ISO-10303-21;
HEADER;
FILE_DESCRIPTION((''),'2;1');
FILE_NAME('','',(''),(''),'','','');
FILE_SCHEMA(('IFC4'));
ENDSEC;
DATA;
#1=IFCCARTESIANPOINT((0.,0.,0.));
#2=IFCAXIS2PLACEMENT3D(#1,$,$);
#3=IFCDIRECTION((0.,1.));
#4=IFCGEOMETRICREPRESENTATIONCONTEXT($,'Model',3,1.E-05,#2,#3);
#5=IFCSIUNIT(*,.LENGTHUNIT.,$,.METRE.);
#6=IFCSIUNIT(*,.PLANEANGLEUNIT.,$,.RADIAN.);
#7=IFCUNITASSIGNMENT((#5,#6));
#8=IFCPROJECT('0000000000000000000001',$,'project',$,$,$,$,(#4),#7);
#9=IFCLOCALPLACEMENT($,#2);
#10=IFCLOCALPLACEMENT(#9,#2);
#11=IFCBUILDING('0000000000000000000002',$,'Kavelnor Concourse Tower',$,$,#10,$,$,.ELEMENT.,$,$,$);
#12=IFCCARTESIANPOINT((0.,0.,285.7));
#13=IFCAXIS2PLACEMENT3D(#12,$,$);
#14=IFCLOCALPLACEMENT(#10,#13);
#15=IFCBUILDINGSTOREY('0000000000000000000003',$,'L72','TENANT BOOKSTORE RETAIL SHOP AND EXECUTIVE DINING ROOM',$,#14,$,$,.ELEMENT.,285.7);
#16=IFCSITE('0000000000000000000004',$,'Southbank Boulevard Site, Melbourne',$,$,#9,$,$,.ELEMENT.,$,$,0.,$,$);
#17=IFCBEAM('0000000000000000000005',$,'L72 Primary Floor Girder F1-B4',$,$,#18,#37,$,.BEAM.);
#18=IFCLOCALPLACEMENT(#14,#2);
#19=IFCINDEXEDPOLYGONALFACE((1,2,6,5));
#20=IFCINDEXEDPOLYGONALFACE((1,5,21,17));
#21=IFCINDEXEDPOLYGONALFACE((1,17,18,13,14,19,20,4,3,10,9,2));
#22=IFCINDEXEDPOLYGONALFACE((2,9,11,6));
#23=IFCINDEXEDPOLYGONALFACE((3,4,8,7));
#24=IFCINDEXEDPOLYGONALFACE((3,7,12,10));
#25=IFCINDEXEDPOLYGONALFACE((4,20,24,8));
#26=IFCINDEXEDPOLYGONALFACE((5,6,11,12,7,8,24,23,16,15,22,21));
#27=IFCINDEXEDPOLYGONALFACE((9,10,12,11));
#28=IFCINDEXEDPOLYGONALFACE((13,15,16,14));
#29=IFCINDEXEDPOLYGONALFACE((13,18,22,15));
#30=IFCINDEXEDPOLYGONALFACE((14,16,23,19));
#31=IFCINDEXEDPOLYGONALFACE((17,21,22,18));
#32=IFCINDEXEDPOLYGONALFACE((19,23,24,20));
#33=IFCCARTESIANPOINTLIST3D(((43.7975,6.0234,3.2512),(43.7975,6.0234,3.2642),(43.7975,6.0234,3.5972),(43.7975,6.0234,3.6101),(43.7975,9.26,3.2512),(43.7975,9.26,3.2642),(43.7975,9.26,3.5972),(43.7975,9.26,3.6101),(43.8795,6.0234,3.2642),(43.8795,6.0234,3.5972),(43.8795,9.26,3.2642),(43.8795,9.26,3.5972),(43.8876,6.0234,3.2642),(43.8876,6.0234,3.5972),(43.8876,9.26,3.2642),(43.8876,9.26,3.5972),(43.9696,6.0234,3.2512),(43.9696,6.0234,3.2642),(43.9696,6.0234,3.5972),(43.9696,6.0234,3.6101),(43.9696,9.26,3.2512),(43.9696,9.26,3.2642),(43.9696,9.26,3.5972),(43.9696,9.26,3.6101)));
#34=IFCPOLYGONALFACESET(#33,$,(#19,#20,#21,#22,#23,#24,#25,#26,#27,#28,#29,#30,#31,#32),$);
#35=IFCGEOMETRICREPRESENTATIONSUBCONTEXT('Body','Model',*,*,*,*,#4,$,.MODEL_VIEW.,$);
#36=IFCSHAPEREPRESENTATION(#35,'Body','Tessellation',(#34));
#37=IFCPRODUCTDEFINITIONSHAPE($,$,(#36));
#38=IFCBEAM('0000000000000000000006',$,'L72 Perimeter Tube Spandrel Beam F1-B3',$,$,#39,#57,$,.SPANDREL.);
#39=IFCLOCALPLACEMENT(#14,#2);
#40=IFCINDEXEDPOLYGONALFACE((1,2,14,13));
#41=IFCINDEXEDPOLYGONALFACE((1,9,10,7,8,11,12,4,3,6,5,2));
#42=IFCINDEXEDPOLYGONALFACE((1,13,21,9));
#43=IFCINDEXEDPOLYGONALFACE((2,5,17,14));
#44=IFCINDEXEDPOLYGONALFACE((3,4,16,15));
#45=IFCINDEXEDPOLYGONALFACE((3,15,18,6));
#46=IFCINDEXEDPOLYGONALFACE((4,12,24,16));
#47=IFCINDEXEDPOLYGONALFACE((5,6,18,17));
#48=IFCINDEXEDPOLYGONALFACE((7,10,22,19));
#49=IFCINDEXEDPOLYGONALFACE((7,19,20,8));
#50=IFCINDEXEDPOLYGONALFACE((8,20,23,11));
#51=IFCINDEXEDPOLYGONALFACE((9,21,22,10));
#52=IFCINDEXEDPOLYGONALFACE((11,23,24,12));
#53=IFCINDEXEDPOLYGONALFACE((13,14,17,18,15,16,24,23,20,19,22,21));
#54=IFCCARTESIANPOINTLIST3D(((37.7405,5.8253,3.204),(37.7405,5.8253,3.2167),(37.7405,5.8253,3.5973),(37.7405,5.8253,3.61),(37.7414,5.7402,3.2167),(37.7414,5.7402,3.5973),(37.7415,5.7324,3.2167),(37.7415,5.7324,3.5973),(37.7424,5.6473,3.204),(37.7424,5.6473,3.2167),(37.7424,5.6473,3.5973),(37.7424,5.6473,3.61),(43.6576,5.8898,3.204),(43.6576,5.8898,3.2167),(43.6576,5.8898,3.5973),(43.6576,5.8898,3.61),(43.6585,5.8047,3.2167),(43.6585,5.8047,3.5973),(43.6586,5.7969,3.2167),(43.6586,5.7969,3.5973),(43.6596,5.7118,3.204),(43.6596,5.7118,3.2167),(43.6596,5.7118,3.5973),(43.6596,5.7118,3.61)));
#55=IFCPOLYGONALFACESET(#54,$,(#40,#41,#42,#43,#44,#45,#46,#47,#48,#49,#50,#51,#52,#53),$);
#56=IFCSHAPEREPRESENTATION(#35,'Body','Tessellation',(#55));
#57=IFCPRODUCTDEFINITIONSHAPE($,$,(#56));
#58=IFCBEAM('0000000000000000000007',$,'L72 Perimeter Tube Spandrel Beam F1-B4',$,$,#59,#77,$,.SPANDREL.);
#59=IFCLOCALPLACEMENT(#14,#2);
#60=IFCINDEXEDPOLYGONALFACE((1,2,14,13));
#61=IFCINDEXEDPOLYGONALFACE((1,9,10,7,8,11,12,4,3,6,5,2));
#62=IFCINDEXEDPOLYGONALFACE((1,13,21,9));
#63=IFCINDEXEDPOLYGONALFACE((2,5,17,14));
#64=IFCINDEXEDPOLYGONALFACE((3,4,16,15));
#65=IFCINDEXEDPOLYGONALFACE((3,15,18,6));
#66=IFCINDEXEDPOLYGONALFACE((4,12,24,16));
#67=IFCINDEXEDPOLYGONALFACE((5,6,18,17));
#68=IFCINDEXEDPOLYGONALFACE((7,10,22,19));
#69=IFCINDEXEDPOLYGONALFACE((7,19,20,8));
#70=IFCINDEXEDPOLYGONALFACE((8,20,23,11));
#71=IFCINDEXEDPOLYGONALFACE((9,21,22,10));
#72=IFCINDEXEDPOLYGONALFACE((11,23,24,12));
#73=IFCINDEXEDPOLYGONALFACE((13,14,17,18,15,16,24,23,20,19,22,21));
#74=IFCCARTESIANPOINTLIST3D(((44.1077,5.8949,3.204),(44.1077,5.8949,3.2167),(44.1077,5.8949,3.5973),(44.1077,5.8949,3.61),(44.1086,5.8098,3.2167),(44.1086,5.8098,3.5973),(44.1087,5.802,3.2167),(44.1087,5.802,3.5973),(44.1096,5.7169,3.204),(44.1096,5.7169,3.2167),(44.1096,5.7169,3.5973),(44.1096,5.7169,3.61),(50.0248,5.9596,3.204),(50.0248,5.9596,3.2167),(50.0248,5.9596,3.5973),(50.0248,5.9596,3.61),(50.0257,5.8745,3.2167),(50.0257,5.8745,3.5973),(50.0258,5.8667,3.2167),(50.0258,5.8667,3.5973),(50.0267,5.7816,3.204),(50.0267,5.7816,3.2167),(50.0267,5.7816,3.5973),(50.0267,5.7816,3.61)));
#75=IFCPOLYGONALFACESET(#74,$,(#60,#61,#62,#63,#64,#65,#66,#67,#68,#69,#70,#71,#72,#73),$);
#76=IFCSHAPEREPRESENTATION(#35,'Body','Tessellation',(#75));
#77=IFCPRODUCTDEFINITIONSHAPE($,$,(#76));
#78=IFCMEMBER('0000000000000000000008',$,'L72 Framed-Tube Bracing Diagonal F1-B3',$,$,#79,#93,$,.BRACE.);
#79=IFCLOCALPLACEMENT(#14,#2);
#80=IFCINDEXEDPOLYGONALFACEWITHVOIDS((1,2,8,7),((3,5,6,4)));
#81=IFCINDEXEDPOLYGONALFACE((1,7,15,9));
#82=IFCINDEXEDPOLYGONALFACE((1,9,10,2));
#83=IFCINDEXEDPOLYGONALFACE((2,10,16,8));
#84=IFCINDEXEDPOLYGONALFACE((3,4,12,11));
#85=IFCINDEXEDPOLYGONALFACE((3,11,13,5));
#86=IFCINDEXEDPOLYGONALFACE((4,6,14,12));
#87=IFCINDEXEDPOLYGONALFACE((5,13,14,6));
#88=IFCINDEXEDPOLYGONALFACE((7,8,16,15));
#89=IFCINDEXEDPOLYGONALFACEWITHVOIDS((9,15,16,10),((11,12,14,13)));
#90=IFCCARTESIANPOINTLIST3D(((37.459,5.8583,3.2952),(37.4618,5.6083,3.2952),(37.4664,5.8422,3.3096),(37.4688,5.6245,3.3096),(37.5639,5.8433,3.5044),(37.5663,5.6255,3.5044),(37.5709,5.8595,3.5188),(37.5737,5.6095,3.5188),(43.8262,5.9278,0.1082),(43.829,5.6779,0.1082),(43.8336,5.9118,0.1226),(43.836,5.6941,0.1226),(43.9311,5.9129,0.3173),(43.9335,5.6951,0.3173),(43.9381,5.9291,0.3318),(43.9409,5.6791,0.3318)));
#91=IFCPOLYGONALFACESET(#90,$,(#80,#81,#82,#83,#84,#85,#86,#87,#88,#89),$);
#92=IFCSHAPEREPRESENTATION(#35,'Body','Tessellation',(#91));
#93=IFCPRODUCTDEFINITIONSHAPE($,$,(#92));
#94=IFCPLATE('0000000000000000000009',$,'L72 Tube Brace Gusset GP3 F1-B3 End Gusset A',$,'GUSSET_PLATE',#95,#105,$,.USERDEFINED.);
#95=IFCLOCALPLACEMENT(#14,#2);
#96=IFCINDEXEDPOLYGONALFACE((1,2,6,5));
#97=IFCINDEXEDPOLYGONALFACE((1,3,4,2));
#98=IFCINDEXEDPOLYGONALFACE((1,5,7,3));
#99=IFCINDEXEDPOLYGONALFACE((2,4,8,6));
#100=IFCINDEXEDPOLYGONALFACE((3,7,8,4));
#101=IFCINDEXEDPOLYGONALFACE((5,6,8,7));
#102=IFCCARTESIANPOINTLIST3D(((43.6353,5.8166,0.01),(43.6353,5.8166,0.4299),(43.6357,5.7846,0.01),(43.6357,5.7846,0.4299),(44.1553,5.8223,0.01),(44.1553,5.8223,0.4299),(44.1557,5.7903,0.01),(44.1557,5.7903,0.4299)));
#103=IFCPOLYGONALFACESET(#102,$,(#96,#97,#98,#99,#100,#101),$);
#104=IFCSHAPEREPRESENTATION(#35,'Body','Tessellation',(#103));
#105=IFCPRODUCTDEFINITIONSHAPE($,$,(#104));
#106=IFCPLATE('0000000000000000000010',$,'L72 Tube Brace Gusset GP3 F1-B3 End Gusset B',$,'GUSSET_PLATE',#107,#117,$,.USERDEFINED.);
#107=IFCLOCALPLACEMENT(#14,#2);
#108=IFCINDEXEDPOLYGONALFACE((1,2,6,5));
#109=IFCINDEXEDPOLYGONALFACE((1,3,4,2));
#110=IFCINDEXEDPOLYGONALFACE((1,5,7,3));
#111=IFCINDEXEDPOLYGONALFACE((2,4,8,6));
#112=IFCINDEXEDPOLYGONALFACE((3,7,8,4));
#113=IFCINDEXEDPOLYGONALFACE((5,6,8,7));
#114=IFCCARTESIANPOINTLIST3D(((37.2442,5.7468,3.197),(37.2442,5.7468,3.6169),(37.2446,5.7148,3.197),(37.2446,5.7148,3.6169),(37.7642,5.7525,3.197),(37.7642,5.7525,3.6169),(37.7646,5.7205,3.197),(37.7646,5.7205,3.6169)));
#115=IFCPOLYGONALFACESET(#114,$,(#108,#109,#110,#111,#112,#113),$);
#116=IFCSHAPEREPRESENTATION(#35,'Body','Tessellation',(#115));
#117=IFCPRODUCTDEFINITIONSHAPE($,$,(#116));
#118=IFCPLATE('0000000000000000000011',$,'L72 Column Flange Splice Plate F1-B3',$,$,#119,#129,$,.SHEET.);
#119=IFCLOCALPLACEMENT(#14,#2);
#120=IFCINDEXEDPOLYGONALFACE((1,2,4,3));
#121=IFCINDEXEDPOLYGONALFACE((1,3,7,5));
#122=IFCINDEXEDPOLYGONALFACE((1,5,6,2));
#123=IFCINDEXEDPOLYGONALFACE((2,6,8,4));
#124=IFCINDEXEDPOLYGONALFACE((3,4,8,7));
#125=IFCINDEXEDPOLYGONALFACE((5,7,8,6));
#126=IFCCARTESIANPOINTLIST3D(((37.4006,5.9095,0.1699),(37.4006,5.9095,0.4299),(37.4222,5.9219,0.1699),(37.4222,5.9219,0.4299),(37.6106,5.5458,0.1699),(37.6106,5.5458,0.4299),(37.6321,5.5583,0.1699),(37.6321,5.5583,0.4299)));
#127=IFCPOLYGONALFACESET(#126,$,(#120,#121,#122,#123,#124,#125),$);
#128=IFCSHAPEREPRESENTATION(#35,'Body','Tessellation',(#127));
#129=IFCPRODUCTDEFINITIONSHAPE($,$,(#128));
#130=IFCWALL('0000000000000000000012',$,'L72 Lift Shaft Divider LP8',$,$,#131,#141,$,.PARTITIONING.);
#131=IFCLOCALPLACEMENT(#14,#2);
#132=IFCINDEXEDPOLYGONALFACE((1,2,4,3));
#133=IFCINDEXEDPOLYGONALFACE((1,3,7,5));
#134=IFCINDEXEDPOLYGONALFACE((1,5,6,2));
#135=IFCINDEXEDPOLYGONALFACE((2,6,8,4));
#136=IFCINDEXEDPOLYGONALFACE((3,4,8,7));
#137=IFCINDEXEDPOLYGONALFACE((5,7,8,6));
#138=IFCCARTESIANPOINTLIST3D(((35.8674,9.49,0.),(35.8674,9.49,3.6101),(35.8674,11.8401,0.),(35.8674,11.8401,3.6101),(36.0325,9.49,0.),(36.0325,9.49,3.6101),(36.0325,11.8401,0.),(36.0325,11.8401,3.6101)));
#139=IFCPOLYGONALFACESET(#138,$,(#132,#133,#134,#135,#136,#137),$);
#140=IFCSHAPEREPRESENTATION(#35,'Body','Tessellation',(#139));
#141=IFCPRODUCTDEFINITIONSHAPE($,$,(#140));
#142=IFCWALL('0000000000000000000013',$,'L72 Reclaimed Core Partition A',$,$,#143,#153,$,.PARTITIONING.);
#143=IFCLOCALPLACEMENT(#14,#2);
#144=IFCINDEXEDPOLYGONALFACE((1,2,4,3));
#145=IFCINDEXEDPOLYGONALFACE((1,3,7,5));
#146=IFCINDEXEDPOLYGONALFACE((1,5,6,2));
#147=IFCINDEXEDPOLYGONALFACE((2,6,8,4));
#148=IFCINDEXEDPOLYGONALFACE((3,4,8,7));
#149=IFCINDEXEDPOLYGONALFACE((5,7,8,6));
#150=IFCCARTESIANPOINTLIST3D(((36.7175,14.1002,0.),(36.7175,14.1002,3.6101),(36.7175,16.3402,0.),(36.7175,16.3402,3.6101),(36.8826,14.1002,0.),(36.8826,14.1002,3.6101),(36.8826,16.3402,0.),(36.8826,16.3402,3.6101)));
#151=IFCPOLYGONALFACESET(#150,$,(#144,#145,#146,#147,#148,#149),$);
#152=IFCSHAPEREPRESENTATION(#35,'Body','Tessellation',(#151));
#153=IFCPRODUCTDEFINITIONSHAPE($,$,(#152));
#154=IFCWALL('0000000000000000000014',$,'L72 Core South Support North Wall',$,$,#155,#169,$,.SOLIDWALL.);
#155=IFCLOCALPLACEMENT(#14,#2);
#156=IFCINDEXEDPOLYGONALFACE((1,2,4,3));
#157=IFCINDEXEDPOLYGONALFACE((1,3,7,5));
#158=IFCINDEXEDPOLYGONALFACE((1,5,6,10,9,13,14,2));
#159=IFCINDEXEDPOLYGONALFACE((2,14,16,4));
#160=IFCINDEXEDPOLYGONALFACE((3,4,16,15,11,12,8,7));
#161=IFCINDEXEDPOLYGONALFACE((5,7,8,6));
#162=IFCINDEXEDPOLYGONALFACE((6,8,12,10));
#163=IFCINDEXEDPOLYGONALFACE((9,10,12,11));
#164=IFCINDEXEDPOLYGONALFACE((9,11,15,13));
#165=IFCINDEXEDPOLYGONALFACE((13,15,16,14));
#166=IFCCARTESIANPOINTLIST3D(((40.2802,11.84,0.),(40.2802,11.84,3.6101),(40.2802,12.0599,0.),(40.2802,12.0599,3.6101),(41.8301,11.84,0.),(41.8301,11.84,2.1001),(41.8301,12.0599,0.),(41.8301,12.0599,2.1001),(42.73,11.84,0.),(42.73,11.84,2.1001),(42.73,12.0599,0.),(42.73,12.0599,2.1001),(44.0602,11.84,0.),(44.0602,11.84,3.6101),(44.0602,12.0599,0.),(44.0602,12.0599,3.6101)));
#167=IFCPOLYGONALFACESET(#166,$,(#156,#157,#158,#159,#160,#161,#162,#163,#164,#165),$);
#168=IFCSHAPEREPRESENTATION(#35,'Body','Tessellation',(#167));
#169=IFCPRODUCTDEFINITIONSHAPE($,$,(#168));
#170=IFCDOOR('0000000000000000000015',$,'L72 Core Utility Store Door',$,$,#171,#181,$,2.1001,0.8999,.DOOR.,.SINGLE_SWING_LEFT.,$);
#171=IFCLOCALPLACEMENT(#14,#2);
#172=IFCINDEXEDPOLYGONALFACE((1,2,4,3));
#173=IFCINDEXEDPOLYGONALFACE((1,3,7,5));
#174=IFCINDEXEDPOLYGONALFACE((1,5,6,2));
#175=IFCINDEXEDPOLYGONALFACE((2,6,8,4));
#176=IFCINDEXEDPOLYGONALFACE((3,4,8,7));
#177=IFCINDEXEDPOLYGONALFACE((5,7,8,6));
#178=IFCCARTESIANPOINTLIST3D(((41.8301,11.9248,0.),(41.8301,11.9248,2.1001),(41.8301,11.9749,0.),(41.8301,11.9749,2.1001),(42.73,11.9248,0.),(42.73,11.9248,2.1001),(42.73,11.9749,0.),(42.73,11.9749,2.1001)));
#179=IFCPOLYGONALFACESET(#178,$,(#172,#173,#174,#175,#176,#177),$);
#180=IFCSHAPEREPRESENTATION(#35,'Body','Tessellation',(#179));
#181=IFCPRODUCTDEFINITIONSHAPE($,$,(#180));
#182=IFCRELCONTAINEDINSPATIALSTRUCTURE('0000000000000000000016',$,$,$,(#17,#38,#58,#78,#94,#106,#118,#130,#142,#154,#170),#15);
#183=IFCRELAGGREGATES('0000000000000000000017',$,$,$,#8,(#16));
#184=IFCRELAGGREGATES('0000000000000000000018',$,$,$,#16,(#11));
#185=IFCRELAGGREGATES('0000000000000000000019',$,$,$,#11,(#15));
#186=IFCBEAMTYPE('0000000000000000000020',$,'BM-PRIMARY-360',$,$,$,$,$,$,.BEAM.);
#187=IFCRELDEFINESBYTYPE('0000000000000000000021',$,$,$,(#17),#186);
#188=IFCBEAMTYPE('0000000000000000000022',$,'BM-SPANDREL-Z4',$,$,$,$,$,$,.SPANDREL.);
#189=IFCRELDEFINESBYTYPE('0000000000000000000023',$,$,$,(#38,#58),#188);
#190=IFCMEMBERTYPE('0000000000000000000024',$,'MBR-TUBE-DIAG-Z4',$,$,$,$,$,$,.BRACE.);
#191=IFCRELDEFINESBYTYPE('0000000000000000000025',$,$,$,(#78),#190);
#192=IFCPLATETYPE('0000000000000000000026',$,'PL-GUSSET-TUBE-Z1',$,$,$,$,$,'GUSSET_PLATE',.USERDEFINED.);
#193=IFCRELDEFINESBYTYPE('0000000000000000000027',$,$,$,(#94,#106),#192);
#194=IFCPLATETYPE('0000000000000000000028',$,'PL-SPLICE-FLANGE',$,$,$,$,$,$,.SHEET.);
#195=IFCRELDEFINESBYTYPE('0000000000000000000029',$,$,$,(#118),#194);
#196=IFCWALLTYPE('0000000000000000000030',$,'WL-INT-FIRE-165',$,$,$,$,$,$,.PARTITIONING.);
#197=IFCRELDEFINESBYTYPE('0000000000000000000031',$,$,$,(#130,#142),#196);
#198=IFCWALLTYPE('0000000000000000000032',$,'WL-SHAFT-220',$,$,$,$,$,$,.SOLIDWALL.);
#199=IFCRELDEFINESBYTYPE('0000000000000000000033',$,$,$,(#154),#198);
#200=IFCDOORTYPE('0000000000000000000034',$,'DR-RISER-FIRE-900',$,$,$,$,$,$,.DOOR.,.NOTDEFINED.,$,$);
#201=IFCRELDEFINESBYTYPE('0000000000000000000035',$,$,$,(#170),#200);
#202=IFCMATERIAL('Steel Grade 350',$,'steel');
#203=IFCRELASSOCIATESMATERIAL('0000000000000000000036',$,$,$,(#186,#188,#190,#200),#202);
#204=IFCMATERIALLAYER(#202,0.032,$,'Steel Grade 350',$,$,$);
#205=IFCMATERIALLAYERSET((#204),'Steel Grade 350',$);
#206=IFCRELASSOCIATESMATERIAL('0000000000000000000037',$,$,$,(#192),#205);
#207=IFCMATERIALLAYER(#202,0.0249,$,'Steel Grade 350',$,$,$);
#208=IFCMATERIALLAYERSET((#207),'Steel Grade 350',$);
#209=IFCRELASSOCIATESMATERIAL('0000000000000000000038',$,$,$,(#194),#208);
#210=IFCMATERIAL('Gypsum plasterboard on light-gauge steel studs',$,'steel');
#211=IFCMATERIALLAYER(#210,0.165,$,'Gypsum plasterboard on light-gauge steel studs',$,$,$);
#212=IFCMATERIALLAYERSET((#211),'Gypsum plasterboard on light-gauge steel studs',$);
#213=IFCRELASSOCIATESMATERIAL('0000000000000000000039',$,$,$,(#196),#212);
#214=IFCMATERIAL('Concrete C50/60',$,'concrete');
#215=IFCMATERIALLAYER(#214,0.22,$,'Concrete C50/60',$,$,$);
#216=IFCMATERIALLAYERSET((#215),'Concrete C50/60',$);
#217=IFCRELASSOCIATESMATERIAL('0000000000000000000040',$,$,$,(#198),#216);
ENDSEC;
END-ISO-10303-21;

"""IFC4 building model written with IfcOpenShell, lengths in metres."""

from ifc_helpers import new_model, si_unit, direction, frame, frame_2d, origin, origin_2d, place, context, subcontext, project, spatial, rectangle, hollow_rectangle, i_section, extrude, material, layer, layer_set, material_profile, profile_set, type_object, element, fill, save


model = new_model("IFC4")

# Units and contexts
model_context = context("Model", 3, precision=1e-05, world=origin(), true_north=direction((0.0, 1.0)))
body_context = subcontext(model_context, "Body", "Model", "MODEL_VIEW")
ifc_project = project(units=[si_unit("LENGTHUNIT", "METRE"), si_unit("PLANEANGLEUNIT", "RADIAN")], contexts=[model_context])

# Site, building, storey
site_placement = place(None, origin())
site = spatial("IfcSite", under=ifc_project, at=site_placement, Name="Southbank Boulevard Site, Melbourne", CompositionType="ELEMENT", RefElevation=0.0)
building_placement = place(site_placement, origin())
building = spatial("IfcBuilding", under=site, at=building_placement, Name="Kavelnor Concourse Tower", CompositionType="ELEMENT")
storey_placement = place(building_placement, frame((0.0, 0.0, 285.7)))
storey = spatial("IfcBuildingStorey", under=building, at=storey_placement, Name="L72", Description="TENANT BOOKSTORE RETAIL SHOP AND EXECUTIVE DINING ROOM", CompositionType="ELEMENT", Elevation=285.7)

# Shared definitions
ifc_material_1 = material(Name="Steel Grade 350", Category="steel")

# Beams
ifc_material_profile_1 = material_profile(ifc_material_1, i_section(OverallWidth=0.1721, OverallDepth=0.3589, WebThickness=0.0081, FlangeThickness=0.0129, at=origin_2d()), Name="360UB56")
ifc_profile_set_1 = profile_set([ifc_material_profile_1], Name="Steel Grade 350")
beam_type_1 = type_object("IfcBeamType", Name="BM-PRIMARY-360", PredefinedType="BEAM", material=ifc_profile_set_1)
beam_1_placement = place(storey_placement, frame((43.8835, 9.26, 3.4307), z_axis=(0.0, -1.0, 0.0), x_axis=(1.0, 0.0, 0.0)))
element("IfcBeam", 1, at=beam_1_placement, inside=storey, type_object=beam_type_1, Name="L72 Primary Floor Girder F1-B4", PredefinedType="BEAM", context=body_context, shape_type="SweptSolid", body=[
    extrude(i_section(OverallWidth=0.1721, OverallDepth=0.3589, WebThickness=0.0081, FlangeThickness=0.0129, at=origin_2d()), origin(), (0.0, 0.0, 1.0), 3.2366),
])
ifc_material_profile_2 = material_profile(ifc_material_1, i_section(OverallWidth=0.178, OverallDepth=0.406, WebThickness=0.0078, FlangeThickness=0.0127, at=origin_2d()), Name="410UB59")
ifc_profile_set_2 = profile_set([ifc_material_profile_2], Name="Steel Grade 350")
beam_type_2 = type_object("IfcBeamType", Name="BM-SPANDREL-Z4", PredefinedType="SPANDREL", material=ifc_profile_set_2)
for number, where, z_axis, x_axis, name in (
    (2, (37.7415, 5.7363, 3.407), (0.999941, 0.010892, 0.0), (-0.010892, 0.999941, 0.0), "L72 Perimeter Tube Spandrel Beam F1-B3"),
    (3, (44.1086, 5.8059, 3.407), (0.99994, 0.010933, 0.0), (-0.010933, 0.99994, 0.0), "L72 Perimeter Tube Spandrel Beam F1-B4"),
):
    element("IfcBeam", number, at=place(storey_placement, frame(where, z_axis=z_axis, x_axis=x_axis)), inside=storey, type_object=beam_type_2, Name=name, PredefinedType="SPANDREL", context=body_context, shape_type="SweptSolid", body=[
        extrude(i_section(OverallWidth=0.178, OverallDepth=0.406, WebThickness=0.0078, FlangeThickness=0.0127, at=origin_2d()), origin(), (0.0, 0.0, 1.0), 5.9175),
    ])

# Member
ifc_material_profile_3 = material_profile(ifc_material_1, hollow_rectangle(XDim=0.25, YDim=0.25, WallThickness=0.0161, at=origin_2d()), Name="SHS 250x250x16")
ifc_profile_set_3 = profile_set([ifc_material_profile_3], Name="Steel Grade 350")
member_type = type_object("IfcMemberType", Name="MBR-TUBE-DIAG-Z4", PredefinedType="BRACE", material=ifc_profile_set_3)
member_placement = place(storey_placement, frame((43.8835, 5.8035, 0.22), z_axis=(-0.894192, -0.009772, 0.447576), x_axis=(0.010927, -0.99994, 0.0)))
element("IfcMember", 4, at=member_placement, inside=storey, type_object=member_type, Name="L72 Framed-Tube Bracing Diagonal F1-B3", PredefinedType="BRACE", context=body_context, shape_type="SweptSolid", body=[
    extrude(hollow_rectangle(XDim=0.25, YDim=0.25, WallThickness=0.0161, at=origin_2d()), origin(), (0.0, 0.0, 1.0), 7.1206),
])

# Plates
ifc_layer_1 = layer(ifc_material_1, 0.032, Name="Steel Grade 350")
ifc_layer_set_1 = layer_set([ifc_layer_1], Name="Steel Grade 350")
plate_type_1 = type_object("IfcPlateType", Name="PL-GUSSET-TUBE-Z1", ElementType="GUSSET_PLATE", PredefinedType="USERDEFINED", material=ifc_layer_set_1)
for number, where, z_axis, x_axis, name in (
    (5, (43.8955, 5.8035, 0.01), (0.0, 0.0, 1.0), (-0.99994, -0.010995, 0.0), "L72 Tube Brace Gusset GP3 F1-B3 End Gusset A"),
    (6, (37.5044, 5.7336, 3.197), (0.0, 0.0, 1.0), (-0.99994, -0.010995, 0.0), "L72 Tube Brace Gusset GP3 F1-B3 End Gusset B"),
):
    element("IfcPlate", number, at=place(storey_placement, frame(where, z_axis=z_axis, x_axis=x_axis)), inside=storey, type_object=plate_type_1, Name=name, ObjectType="GUSSET_PLATE", PredefinedType="USERDEFINED", context=body_context, shape_type="SweptSolid", body=[
        extrude(rectangle(XDim=0.52, YDim=0.032, at=origin_2d()), origin(), (0.0, 0.0, 1.0), 0.4199),
    ])
ifc_layer_2 = layer(ifc_material_1, 0.0249, Name="Steel Grade 350")
ifc_layer_set_2 = layer_set([ifc_layer_2], Name="Steel Grade 350")
plate_type_2 = type_object("IfcPlateType", Name="PL-SPLICE-FLANGE", PredefinedType="SHEET", material=ifc_layer_set_2)
plate_placement = place(storey_placement, frame((37.5164, 5.7339, 0.1699), z_axis=(0.0, 0.0, 1.0), x_axis=(-0.5, 0.866025, 0.0)))
element("IfcPlate", 7, at=plate_placement, inside=storey, type_object=plate_type_2, Name="L72 Column Flange Splice Plate F1-B3", PredefinedType="SHEET", context=body_context, shape_type="SweptSolid", body=[
    extrude(rectangle(XDim=0.4199, YDim=0.0249, at=origin_2d()), origin(), (0.0, 0.0, 1.0), 0.26),
])

# Walls
ifc_material_2 = material(Name="Gypsum plasterboard on light-gauge steel studs", Category="steel")
ifc_layer_3 = layer(ifc_material_2, 0.165, Name="Gypsum plasterboard on light-gauge steel studs")
ifc_layer_set_3 = layer_set([ifc_layer_3], Name="Gypsum plasterboard on light-gauge steel studs")
wall_type_1 = type_object("IfcWallType", Name="WL-INT-FIRE-165", PredefinedType="PARTITIONING", material=ifc_layer_set_3)
wall_1_placement = place(storey_placement, frame((35.95, 9.49, 0.0), z_axis=(0.0, 0.0, 1.0), x_axis=(0.0, 1.0, 0.0)))
element("IfcWall", 8, at=wall_1_placement, inside=storey, type_object=wall_type_1, Name="L72 Lift Shaft Divider LP8", PredefinedType="PARTITIONING", context=body_context, shape_type="SweptSolid", body=[
    extrude(rectangle(XDim=2.3501, YDim=0.165, at=frame_2d((1.175, 0.0))), origin(), (0.0, 0.0, 1.0), 3.6101),
])
wall_2_placement = place(storey_placement, frame((36.8, 14.1001, 0.0), z_axis=(0.0, 0.0, 1.0), x_axis=(0.0, 1.0, 0.0)))
element("IfcWall", 9, at=wall_2_placement, inside=storey, type_object=wall_type_1, Name="L72 Reclaimed Core Partition A", PredefinedType="PARTITIONING", context=body_context, shape_type="SweptSolid", body=[
    extrude(rectangle(XDim=2.24, YDim=0.165, at=frame_2d((1.1201, 0.0))), origin(), (0.0, 0.0, 1.0), 3.6101),
])

# Wall, opening, door
ifc_material_3 = material(Name="Concrete C50/60", Category="concrete")
ifc_layer_4 = layer(ifc_material_3, 0.22, Name="Concrete C50/60")
ifc_layer_set_4 = layer_set([ifc_layer_4], Name="Concrete C50/60")
wall_type_2 = type_object("IfcWallType", Name="WL-SHAFT-220", PredefinedType="SOLIDWALL", material=ifc_layer_set_4)
wall_3_placement = place(storey_placement, frame((40.28, 11.95, 0.0), z_axis=(0.0, 0.0, 1.0), x_axis=(1.0, 0.0, 0.0)))
wall_3 = element("IfcWall", 10, at=wall_3_placement, inside=storey, type_object=wall_type_2, Name="L72 Core South Support North Wall", PredefinedType="SOLIDWALL", context=body_context, shape_type="SweptSolid", body=[
    extrude(rectangle(XDim=3.78, YDim=0.22, at=frame_2d((1.8901, 0.0))), origin(), (0.0, 0.0, 1.0), 3.6101),
])
opening_1_placement = place(wall_3_placement, frame((1.55, 0.0, 0.0)))
opening_1 = element("IfcOpeningElement", 11, at=opening_1_placement, cuts=wall_3, PredefinedType="OPENING", context=body_context, shape_type="SweptSolid", body=[
    extrude(rectangle(XDim=0.8999, YDim=2.1001, at=frame_2d((0.45, 1.05))), frame((0.0, 0.1201, 0.0), z_axis=(0.0, -1.0, 0.0), x_axis=(1.0, 0.0, 0.0)), (0.0, 0.0, 1.0), 0.24),
])
door_type_1 = type_object("IfcDoorType", Name="DR-RISER-FIRE-900", OperationType="NOTDEFINED", PredefinedType="DOOR", material=ifc_material_1)
door_1_placement = place(opening_1_placement, origin())
door_1 = element("IfcDoor", 12, at=door_1_placement, inside=storey, type_object=door_type_1, Name="L72 Core Utility Store Door", OperationType="SINGLE_SWING_LEFT", OverallHeight=2.1001, OverallWidth=0.8999, PredefinedType="DOOR", context=body_context, shape_type="SweptSolid", body=[
    extrude(rectangle(XDim=0.8999, YDim=2.1001, at=frame_2d((0.45, 1.05))), frame((0.0, 0.0249, 0.0), z_axis=(0.0, -1.0, 0.0), x_axis=(1.0, 0.0, 0.0)), (0.0, 0.0, 1.0), 0.05),
])
fill(opening_1, door_1)

save(model, "model.ifc")
